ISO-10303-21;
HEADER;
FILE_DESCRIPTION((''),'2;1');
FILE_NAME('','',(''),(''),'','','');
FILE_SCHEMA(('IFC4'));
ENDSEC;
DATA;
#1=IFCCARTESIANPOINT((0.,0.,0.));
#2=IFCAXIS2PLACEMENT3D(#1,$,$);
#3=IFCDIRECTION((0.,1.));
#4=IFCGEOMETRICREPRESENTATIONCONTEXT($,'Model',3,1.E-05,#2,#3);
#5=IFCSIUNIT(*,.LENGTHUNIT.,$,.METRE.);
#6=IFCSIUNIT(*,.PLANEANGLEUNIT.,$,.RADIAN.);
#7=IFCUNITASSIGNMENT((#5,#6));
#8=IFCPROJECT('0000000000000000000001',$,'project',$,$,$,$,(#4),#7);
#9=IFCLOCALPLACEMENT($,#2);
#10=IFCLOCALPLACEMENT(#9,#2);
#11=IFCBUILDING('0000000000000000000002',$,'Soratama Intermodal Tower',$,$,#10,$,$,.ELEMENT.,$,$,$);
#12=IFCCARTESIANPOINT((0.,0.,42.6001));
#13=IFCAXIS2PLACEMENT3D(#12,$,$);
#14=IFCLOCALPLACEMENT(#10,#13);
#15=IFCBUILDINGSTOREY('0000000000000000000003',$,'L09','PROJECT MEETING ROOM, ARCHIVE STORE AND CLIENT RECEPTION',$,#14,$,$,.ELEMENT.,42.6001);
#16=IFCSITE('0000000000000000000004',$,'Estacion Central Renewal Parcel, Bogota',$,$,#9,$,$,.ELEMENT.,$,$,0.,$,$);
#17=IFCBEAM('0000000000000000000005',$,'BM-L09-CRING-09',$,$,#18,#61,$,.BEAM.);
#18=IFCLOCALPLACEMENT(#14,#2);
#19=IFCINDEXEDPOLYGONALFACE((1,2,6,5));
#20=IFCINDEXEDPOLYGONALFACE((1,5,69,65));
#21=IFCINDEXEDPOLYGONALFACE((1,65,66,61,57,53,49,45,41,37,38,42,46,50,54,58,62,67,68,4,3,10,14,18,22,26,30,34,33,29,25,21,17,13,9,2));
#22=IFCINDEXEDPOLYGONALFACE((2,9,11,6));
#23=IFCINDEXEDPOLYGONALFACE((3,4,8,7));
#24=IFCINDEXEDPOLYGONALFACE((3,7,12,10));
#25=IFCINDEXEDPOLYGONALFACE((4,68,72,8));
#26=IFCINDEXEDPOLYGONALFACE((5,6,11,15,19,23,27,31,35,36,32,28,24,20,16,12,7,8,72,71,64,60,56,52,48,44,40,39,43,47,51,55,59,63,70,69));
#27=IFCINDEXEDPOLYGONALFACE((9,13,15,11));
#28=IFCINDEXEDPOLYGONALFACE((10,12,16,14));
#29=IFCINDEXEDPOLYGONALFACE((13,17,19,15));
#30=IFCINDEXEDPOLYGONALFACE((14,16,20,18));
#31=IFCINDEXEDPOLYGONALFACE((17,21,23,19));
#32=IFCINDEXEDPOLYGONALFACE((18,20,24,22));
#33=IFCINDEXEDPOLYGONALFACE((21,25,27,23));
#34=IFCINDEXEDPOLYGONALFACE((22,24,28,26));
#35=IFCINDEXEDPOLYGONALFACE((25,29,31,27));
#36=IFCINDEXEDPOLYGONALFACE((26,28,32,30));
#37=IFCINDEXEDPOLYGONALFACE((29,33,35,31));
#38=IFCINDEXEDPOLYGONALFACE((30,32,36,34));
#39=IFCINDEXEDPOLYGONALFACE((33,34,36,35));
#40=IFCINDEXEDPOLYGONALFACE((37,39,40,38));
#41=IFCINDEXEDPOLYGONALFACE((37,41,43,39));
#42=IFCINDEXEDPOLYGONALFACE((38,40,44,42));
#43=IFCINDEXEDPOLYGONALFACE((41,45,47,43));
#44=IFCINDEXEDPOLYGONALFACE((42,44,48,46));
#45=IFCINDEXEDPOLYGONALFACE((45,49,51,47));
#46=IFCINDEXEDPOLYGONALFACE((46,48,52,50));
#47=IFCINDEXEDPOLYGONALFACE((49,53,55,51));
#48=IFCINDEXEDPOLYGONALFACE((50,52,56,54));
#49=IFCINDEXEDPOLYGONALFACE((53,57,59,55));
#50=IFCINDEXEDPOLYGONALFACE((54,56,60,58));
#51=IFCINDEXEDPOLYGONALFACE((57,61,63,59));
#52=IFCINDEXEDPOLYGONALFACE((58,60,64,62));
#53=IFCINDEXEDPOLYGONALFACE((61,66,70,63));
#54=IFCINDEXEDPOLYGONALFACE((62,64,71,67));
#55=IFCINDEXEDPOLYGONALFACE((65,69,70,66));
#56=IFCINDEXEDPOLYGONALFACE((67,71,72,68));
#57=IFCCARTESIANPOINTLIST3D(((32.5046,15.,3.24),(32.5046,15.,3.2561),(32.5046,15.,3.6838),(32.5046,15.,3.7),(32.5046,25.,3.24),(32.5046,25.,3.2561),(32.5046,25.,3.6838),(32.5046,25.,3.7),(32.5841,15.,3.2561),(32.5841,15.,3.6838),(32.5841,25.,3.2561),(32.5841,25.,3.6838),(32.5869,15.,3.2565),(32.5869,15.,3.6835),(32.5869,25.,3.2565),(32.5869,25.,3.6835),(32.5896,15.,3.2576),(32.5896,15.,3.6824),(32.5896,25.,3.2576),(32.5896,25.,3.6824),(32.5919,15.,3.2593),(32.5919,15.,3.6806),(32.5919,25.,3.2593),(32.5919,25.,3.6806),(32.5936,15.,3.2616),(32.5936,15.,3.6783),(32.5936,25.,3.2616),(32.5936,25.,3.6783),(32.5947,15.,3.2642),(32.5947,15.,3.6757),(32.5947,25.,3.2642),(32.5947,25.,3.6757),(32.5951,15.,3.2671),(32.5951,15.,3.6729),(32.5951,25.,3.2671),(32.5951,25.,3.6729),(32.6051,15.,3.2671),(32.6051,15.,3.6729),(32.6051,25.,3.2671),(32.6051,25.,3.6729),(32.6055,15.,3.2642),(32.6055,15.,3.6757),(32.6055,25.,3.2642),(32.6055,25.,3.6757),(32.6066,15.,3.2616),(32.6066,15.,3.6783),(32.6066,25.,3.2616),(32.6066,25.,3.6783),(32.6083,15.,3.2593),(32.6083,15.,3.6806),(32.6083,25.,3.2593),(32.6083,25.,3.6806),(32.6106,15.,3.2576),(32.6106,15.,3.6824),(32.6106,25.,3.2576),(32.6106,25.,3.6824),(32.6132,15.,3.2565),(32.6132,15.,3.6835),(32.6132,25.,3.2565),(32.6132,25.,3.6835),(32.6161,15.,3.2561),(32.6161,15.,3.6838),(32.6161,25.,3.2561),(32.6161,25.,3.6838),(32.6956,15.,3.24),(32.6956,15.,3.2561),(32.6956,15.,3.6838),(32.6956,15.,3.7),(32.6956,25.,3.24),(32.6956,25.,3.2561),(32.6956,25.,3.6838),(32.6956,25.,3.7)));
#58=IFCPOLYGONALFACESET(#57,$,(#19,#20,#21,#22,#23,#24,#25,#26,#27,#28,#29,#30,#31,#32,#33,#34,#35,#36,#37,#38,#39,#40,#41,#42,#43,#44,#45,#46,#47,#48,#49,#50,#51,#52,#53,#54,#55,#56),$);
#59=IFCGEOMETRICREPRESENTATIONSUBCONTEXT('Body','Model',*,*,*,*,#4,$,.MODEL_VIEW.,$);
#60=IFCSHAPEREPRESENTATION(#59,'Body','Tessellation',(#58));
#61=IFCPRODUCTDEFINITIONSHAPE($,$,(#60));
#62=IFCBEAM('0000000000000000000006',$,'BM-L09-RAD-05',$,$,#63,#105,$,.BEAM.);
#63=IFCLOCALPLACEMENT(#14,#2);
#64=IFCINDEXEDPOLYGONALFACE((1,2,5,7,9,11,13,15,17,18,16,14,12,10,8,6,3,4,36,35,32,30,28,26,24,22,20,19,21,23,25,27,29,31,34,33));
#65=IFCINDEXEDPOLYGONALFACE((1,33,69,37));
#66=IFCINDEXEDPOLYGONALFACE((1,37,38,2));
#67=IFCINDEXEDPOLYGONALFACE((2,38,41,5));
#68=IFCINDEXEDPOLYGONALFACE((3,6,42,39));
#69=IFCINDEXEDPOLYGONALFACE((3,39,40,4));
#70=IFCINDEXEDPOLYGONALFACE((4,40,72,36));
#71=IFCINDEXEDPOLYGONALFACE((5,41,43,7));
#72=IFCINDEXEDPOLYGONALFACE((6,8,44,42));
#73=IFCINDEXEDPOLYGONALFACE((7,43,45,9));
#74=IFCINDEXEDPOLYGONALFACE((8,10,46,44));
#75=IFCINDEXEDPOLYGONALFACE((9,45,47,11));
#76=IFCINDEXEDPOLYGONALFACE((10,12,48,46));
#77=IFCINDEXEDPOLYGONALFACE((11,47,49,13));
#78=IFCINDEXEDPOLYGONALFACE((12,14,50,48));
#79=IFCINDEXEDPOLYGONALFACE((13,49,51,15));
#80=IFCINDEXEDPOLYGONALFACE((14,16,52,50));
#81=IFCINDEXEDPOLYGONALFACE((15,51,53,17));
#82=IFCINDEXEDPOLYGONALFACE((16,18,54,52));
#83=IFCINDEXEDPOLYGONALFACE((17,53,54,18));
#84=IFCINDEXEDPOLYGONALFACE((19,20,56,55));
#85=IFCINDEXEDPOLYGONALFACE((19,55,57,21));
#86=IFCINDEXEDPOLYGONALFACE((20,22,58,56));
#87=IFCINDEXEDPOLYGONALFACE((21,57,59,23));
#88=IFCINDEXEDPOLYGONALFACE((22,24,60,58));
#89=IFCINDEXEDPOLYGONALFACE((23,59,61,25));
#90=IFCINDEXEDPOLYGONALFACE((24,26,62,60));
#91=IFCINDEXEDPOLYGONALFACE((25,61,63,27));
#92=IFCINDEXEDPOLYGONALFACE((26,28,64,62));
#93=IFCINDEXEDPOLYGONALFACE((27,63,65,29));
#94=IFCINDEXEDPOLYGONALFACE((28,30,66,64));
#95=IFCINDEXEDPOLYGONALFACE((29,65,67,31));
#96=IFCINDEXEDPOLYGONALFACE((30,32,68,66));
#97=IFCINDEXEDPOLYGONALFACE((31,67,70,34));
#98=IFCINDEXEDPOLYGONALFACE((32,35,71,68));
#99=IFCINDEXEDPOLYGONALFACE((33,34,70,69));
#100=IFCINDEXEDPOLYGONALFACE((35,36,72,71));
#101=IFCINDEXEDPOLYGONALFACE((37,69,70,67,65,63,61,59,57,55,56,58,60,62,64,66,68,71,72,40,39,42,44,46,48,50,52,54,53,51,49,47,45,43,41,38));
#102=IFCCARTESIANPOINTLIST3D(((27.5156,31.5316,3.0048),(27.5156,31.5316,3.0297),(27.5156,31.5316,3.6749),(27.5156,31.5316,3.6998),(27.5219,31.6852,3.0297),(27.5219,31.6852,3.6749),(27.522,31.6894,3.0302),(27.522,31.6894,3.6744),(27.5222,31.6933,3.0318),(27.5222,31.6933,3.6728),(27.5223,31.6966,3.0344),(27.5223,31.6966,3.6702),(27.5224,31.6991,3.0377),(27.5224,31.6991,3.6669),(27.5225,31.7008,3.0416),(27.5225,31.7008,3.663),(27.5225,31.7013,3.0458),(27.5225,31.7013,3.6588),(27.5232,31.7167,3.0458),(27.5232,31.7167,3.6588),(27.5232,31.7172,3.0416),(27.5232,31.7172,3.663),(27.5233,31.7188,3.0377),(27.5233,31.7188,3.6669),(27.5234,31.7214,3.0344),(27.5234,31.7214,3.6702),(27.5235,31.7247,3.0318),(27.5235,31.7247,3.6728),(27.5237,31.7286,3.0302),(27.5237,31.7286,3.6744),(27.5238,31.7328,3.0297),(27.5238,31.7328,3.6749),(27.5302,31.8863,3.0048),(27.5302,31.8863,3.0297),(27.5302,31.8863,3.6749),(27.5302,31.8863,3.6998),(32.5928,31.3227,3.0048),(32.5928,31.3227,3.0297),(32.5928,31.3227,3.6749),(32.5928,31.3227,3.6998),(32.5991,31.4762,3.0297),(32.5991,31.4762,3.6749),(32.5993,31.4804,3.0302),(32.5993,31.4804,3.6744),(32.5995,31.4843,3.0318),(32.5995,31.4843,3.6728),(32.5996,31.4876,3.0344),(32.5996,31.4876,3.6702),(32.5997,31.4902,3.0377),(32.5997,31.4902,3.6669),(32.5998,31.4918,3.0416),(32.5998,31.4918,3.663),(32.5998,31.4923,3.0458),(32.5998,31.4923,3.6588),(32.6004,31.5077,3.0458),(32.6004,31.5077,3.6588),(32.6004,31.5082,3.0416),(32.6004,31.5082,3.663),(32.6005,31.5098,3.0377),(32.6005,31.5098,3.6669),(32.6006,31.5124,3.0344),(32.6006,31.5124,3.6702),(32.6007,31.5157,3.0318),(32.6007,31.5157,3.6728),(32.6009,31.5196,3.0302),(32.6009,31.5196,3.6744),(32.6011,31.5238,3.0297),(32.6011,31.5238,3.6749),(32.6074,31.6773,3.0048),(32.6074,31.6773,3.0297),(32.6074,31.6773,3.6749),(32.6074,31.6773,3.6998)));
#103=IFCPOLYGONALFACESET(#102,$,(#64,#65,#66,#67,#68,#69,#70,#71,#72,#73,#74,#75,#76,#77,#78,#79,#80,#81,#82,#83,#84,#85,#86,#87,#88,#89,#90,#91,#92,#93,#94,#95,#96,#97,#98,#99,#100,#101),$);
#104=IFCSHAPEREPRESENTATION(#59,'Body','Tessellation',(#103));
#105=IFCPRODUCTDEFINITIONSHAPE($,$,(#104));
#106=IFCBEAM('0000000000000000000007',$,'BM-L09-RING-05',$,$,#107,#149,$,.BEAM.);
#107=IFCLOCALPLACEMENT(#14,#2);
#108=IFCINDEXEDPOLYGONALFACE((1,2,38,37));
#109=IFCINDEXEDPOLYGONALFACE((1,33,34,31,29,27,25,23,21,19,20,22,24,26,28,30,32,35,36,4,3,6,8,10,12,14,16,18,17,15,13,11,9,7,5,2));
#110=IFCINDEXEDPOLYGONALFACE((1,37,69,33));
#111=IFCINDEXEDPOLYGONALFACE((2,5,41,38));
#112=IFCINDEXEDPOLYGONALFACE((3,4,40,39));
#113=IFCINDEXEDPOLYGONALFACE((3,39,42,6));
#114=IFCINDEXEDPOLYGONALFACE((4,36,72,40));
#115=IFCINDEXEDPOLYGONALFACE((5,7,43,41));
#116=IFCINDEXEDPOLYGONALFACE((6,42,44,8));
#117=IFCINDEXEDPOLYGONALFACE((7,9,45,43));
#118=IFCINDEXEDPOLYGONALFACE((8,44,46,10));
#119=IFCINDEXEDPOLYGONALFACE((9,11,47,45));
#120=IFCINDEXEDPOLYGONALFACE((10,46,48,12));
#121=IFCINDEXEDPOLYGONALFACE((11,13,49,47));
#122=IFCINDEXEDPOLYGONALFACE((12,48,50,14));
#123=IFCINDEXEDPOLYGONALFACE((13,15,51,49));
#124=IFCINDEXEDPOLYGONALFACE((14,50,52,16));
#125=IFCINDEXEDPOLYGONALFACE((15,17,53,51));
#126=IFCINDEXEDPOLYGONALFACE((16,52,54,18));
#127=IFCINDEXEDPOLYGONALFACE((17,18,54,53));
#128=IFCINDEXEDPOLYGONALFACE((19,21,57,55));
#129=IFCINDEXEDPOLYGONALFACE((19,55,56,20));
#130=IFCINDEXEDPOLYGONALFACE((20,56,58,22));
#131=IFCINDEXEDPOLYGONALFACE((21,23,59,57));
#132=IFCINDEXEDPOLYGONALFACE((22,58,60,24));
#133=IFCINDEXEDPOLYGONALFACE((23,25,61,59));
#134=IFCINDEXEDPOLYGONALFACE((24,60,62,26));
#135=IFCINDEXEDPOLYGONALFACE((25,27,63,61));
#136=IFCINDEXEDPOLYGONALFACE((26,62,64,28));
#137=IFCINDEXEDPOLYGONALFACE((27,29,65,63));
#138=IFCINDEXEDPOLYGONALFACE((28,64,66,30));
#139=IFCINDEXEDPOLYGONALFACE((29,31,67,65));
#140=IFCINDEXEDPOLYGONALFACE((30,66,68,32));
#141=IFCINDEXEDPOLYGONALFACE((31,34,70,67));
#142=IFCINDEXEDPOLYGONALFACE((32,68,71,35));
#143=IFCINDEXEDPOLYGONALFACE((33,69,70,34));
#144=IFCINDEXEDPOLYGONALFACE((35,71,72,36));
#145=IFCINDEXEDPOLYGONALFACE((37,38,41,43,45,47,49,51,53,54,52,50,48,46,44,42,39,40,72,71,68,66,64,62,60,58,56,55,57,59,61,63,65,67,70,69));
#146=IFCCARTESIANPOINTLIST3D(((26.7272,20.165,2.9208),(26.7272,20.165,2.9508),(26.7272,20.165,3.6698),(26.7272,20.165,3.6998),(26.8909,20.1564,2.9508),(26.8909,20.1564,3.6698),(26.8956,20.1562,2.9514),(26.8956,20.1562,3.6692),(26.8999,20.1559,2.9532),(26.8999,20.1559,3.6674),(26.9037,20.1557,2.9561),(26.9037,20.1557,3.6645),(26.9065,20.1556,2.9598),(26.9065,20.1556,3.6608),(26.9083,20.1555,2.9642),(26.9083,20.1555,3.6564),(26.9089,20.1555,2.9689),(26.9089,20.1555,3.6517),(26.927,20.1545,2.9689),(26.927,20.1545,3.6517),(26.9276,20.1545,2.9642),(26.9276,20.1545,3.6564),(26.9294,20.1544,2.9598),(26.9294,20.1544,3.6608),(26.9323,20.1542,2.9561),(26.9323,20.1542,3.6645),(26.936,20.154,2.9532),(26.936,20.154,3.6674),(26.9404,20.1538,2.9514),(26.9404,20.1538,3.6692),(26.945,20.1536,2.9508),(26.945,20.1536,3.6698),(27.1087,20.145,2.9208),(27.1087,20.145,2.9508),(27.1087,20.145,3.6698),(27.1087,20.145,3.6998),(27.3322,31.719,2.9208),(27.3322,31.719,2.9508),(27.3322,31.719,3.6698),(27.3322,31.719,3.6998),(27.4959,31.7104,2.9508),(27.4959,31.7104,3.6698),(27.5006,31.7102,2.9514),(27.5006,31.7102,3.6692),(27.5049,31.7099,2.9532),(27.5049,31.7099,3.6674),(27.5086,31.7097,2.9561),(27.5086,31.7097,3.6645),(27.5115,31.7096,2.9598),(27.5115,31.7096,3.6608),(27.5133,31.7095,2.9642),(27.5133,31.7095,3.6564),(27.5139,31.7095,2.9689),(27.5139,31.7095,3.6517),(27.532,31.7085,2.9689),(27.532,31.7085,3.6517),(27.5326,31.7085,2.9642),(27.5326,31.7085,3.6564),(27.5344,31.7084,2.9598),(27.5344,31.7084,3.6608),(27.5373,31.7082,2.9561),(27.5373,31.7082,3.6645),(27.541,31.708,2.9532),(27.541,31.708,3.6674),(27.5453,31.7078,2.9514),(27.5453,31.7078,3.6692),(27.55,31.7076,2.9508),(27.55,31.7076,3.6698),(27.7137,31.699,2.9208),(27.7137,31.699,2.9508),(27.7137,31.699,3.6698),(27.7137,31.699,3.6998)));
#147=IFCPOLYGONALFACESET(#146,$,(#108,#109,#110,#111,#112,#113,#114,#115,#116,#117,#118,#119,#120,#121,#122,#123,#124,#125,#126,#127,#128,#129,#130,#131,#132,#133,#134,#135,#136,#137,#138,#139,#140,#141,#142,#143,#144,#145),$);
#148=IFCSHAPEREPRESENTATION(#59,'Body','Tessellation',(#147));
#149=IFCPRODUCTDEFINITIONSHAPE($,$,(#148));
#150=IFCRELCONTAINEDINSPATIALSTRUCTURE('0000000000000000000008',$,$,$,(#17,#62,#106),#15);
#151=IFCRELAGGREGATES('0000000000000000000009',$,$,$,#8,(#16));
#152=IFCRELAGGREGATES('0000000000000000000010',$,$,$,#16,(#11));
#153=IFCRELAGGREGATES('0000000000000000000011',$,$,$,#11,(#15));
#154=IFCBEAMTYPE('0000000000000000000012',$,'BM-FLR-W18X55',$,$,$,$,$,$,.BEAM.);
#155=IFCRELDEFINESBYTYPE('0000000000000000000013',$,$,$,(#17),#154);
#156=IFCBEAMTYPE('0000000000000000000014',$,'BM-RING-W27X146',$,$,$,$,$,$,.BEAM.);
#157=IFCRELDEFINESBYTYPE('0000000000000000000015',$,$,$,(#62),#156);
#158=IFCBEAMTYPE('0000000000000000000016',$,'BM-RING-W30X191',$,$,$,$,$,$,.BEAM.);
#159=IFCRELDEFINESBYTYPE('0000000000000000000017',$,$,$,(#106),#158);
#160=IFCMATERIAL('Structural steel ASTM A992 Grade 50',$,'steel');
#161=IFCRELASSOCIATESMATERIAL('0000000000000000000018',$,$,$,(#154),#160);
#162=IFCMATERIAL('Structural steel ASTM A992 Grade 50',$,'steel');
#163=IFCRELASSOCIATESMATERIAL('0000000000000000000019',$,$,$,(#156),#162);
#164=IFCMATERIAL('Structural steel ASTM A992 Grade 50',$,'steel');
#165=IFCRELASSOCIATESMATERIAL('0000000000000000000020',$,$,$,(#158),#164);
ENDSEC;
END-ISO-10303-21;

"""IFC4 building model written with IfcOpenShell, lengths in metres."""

from ifc_helpers import new_model, si_unit, direction, frame, origin, origin_2d, place, context, subcontext, project, spatial, i_section, extrude, material, material_profile, profile_set, type_object, element, save


model = new_model("IFC4")

# Units and contexts
model_context = context("Model", 3, precision=1e-05, world=origin(), true_north=direction((0.0, 1.0)))
body_context = subcontext(model_context, "Body", "Model", "MODEL_VIEW")
ifc_project = project(units=[si_unit("LENGTHUNIT", "METRE"), si_unit("PLANEANGLEUNIT", "RADIAN")], contexts=[model_context])

# Site, building, storey
site_placement = place(None, origin())
site = spatial("IfcSite", under=ifc_project, at=site_placement, Name="Estacion Central Renewal Parcel, Bogota", CompositionType="ELEMENT", RefElevation=0.0)
building_placement = place(site_placement, origin())
building = spatial("IfcBuilding", under=site, at=building_placement, Name="Soratama Intermodal Tower", CompositionType="ELEMENT")
storey_placement = place(building_placement, frame((0.0, 0.0, 42.6001)))
storey = spatial("IfcBuildingStorey", under=building, at=storey_placement, Name="L09", Description="PROJECT MEETING ROOM, ARCHIVE STORE AND CLIENT RECEPTION", CompositionType="ELEMENT", Elevation=42.6001)

# Beams
ifc_material_1 = material(Name="Structural steel ASTM A992 Grade 50", Category="steel")
ifc_material_profile_1 = material_profile(ifc_material_1, i_section(OverallWidth=0.1909, OverallDepth=0.46, WebThickness=0.01, FlangeThickness=0.0161, FilletRadius=0.011, at=origin_2d()), Name="W18X55")
ifc_profile_set_1 = profile_set([ifc_material_profile_1], Name="Structural steel ASTM A992 Grade 50")
beam_type_1 = type_object("IfcBeamType", Name="BM-FLR-W18X55", PredefinedType="BEAM", material=ifc_profile_set_1)
beam_1_placement = place(storey_placement, frame((32.6001, 25.0, 3.47), z_axis=(0.0, -1.0, 0.0), x_axis=(1.0, 0.0, 0.0)))
element("IfcBeam", 1, at=beam_1_placement, inside=storey, type_object=beam_type_1, Name="BM-L09-CRING-09", PredefinedType="BEAM", context=body_context, shape_type="SweptSolid", body=[
    extrude(i_section(OverallWidth=0.1909, OverallDepth=0.46, WebThickness=0.01, FlangeThickness=0.0161, FilletRadius=0.011, at=origin_2d()), origin(), (0.0, 0.0, 1.0), 10.0),
])
ifc_material_2 = material(Name="Structural steel ASTM A992 Grade 50", Category="steel")
ifc_material_profile_2 = material_profile(ifc_material_2, i_section(OverallWidth=0.355, OverallDepth=0.6951, WebThickness=0.0154, FlangeThickness=0.0249, FilletRadius=0.0161, at=origin_2d()), Name="W27X146")
ifc_profile_set_2 = profile_set([ifc_material_profile_2], Name="Structural steel ASTM A992 Grade 50")
beam_type_2 = type_object("IfcBeamType", Name="BM-RING-W27X146", PredefinedType="BEAM", material=ifc_profile_set_2)
beam_2_placement = place(storey_placement, frame((32.6001, 31.5, 3.3523), z_axis=(-0.999154, 0.041127, 0.0), x_axis=(-0.041127, -0.999154, 0.0)))
element("IfcBeam", 2, at=beam_2_placement, inside=storey, type_object=beam_type_2, Name="BM-L09-RAD-05", PredefinedType="BEAM", context=body_context, shape_type="SweptSolid", body=[
    extrude(i_section(OverallWidth=0.355, OverallDepth=0.6951, WebThickness=0.0154, FlangeThickness=0.0249, FilletRadius=0.0161, at=origin_2d()), origin(), (0.0, 0.0, 1.0), 5.0815),
])
ifc_material_3 = material(Name="Structural steel ASTM A992 Grade 50", Category="steel")
ifc_material_profile_3 = material_profile(ifc_material_3, i_section(OverallWidth=0.3821, OverallDepth=0.7791, WebThickness=0.0181, FlangeThickness=0.03, FilletRadius=0.0181, at=origin_2d()), Name="W30X191")
ifc_profile_set_3 = profile_set([ifc_material_profile_3], Name="Structural steel ASTM A992 Grade 50")
beam_type_3 = type_object("IfcBeamType", Name="BM-RING-W30X191", PredefinedType="BEAM", material=ifc_profile_set_3)
beam_3_placement = place(storey_placement, frame((27.5229, 31.709, 3.3103), z_axis=(-0.05229, -0.998632, 0.0), x_axis=(0.998632, -0.05229, 0.0)))
element("IfcBeam", 3, at=beam_3_placement, inside=storey, type_object=beam_type_3, Name="BM-L09-RING-05", PredefinedType="BEAM", context=body_context, shape_type="SweptSolid", body=[
    extrude(i_section(OverallWidth=0.3821, OverallDepth=0.7791, WebThickness=0.0181, FlangeThickness=0.03, FilletRadius=0.0181, at=origin_2d()), origin(), (0.0, 0.0, 1.0), 11.5698),
])

save(model, "model.ifc")
